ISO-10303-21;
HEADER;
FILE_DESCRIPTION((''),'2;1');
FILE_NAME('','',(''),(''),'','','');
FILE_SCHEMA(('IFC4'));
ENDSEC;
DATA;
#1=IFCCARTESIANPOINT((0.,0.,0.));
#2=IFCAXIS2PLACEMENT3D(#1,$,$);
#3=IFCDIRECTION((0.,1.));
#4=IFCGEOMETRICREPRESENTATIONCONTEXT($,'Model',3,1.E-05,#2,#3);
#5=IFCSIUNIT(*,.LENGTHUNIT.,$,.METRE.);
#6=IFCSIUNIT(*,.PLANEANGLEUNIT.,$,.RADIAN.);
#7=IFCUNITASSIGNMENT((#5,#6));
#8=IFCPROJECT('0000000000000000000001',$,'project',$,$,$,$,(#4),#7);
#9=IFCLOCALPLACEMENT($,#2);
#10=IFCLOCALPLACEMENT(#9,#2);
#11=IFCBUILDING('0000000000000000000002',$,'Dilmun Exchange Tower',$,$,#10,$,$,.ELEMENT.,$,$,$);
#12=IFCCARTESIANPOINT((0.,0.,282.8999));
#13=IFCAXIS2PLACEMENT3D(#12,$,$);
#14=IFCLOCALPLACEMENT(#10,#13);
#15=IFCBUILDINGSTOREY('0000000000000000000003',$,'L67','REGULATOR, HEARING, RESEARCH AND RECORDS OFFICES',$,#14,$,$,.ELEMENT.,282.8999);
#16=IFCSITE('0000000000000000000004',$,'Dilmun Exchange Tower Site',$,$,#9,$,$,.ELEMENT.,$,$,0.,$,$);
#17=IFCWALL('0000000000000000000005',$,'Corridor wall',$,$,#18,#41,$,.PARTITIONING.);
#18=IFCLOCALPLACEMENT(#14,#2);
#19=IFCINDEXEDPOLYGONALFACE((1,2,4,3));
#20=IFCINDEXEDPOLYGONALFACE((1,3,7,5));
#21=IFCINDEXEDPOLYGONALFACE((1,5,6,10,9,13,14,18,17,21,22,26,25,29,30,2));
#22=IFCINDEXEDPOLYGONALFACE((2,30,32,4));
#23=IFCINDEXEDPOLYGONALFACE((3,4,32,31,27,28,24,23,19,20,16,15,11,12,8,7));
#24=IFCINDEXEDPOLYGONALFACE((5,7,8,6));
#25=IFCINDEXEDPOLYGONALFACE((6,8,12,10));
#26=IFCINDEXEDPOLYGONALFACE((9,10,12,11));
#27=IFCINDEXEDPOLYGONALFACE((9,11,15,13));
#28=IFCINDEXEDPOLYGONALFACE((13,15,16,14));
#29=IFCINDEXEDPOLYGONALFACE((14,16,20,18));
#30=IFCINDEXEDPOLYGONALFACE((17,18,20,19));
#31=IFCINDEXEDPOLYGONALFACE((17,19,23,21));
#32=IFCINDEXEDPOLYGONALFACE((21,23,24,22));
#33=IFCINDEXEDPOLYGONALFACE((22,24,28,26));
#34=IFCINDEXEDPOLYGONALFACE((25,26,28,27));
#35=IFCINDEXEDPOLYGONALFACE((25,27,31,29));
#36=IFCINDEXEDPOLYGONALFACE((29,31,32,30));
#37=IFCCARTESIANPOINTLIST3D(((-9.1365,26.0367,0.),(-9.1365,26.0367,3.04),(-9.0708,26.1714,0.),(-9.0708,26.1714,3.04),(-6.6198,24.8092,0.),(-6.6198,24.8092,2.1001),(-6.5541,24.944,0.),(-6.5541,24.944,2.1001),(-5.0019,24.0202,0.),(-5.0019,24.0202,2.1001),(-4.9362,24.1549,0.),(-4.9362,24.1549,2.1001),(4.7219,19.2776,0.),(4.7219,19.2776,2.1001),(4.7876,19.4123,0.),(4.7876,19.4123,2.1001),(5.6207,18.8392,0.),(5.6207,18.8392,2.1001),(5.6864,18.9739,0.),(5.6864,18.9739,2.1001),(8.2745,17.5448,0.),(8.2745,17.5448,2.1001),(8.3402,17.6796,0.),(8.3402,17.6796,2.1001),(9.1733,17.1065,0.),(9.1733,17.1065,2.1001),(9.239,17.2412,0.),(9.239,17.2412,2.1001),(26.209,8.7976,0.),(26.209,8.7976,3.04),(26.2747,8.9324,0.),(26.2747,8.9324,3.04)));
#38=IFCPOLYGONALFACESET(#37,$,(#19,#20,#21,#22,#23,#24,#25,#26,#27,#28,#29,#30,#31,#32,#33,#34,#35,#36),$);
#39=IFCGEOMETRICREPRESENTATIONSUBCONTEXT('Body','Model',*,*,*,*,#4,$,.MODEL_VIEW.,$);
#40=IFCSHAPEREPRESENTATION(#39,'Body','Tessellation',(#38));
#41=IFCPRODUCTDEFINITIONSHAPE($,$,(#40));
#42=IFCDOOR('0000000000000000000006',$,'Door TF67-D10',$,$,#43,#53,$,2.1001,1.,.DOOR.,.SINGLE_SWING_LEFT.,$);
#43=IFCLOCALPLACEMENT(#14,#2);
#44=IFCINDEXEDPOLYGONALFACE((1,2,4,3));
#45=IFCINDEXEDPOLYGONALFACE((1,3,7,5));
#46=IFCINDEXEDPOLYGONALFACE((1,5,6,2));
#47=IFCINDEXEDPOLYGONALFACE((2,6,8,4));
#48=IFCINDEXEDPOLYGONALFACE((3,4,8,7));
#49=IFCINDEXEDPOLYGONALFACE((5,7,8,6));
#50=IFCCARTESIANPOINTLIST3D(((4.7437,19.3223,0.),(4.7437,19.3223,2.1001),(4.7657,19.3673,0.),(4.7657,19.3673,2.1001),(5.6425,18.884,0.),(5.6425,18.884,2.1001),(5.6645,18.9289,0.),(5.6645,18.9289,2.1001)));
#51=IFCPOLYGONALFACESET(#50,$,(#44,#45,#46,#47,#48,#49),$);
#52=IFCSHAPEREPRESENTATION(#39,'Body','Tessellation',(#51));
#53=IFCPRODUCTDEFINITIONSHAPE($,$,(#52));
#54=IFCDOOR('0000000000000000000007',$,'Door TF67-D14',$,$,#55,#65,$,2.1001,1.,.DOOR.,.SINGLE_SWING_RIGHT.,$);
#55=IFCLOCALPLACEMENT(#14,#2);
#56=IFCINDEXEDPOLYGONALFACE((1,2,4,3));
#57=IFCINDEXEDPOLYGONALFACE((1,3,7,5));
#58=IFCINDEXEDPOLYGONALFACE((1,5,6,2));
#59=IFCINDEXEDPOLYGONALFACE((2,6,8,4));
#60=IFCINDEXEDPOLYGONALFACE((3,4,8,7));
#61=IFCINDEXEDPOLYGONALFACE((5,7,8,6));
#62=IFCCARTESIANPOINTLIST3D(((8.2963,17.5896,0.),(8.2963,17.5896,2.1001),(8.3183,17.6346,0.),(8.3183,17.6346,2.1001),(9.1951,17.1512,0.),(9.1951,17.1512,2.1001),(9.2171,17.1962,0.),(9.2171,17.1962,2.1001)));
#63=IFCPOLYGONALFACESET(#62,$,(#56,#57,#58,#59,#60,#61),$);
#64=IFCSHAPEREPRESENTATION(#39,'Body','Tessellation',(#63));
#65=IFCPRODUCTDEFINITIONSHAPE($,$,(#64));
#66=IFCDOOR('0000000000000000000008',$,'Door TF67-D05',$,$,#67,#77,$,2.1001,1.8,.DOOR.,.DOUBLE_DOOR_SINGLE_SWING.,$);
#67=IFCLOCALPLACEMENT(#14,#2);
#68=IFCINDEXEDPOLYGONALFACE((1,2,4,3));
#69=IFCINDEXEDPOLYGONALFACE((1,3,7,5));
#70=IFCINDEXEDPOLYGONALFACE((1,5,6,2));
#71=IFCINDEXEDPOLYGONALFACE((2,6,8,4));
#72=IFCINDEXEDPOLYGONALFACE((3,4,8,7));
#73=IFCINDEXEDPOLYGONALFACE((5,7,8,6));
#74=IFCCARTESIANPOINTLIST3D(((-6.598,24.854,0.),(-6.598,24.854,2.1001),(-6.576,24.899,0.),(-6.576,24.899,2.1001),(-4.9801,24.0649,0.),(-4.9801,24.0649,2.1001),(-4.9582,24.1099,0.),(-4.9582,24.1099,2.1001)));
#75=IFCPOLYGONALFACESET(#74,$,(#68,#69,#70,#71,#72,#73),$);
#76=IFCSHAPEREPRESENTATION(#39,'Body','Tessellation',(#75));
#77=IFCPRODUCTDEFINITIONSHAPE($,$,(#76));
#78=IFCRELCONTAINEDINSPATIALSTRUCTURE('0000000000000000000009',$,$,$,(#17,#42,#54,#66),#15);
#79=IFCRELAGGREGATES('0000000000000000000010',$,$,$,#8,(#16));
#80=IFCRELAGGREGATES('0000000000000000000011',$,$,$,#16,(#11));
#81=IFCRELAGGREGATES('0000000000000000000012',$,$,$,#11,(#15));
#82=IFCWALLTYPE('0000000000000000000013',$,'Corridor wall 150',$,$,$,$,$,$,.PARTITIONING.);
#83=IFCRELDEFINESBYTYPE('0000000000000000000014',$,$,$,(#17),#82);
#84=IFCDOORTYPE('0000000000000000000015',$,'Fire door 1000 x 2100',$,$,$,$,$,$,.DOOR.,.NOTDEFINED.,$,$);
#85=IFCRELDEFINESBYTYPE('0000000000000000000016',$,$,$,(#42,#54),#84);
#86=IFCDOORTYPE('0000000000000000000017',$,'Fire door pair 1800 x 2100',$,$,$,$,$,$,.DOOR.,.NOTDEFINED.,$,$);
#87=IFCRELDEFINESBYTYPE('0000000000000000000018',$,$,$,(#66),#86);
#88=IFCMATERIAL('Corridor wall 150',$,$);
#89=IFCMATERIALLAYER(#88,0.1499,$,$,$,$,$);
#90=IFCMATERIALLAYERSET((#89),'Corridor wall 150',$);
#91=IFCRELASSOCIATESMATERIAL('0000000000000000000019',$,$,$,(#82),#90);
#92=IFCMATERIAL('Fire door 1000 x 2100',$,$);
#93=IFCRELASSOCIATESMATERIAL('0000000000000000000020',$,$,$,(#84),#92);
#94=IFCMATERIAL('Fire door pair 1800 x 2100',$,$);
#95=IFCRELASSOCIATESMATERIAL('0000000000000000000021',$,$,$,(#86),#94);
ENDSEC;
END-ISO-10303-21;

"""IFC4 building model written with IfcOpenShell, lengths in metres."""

from ifc_helpers import new_model, si_unit, direction, frame, frame_2d, origin, place, context, subcontext, project, spatial, rectangle, extrude, material, layer, layer_set, type_object, element, fill, save


model = new_model("IFC4")

# Units and contexts
model_context = context("Model", 3, precision=1e-05, world=origin(), true_north=direction((0.0, 1.0)))
body_context = subcontext(model_context, "Body", "Model", "MODEL_VIEW")
ifc_project = project(units=[si_unit("LENGTHUNIT", "METRE"), si_unit("PLANEANGLEUNIT", "RADIAN")], contexts=[model_context])

# Site, building, storey
site_placement = place(None, origin())
site = spatial("IfcSite", under=ifc_project, at=site_placement, Name="Dilmun Exchange Tower Site", CompositionType="ELEMENT", RefElevation=0.0)
building_placement = place(site_placement, origin())
building = spatial("IfcBuilding", under=site, at=building_placement, Name="Dilmun Exchange Tower", CompositionType="ELEMENT")
storey_placement = place(building_placement, frame((0.0, 0.0, 282.8999)))
storey = spatial("IfcBuildingStorey", under=building, at=storey_placement, Name="L67", Description="REGULATOR, HEARING, RESEARCH AND RECORDS OFFICES", CompositionType="ELEMENT", Elevation=282.8999)

# Wall, openings, doors
ifc_material_1 = material(Name="Corridor wall 150")
ifc_layer_1 = layer(ifc_material_1, 0.1499)
ifc_layer_set_1 = layer_set([ifc_layer_1], Name="Corridor wall 150")
wall_type = type_object("IfcWallType", Name="Corridor wall 150", PredefinedType="PARTITIONING", material=ifc_layer_set_1)
wall_placement = place(storey_placement, frame((-9.1035, 26.104, 0.0), z_axis=(0.0, 0.0, 1.0), x_axis=(0.898795, -0.438369, 0.0)))
wall = element("IfcWall", 1, at=wall_placement, inside=storey, type_object=wall_type, Name="Corridor wall", PredefinedType="PARTITIONING", context=body_context, shape_type="SweptSolid", body=[
    extrude(rectangle(XDim=39.3254, YDim=0.1499, at=frame_2d((19.6626, 0.0))), origin(), (0.0, 0.0, 1.0), 3.04),
])
opening_1_placement = place(wall_placement, frame((2.8, 0.0, 0.0)))
opening_1 = element("IfcOpeningElement", 2, at=opening_1_placement, cuts=wall, PredefinedType="OPENING", context=body_context, shape_type="SweptSolid", body=[
    extrude(rectangle(XDim=1.8, YDim=2.1001, at=frame_2d((0.8999, 1.05))), frame((0.0, 0.085, 0.0), z_axis=(0.0, -1.0, 0.0), x_axis=(1.0, 0.0, 0.0)), (0.0, 0.0, 1.0), 0.1699),
])
opening_2_placement = place(wall_placement, frame((15.4187, 0.0, 0.0)))
opening_2 = element("IfcOpeningElement", 3, at=opening_2_placement, cuts=wall, PredefinedType="OPENING", context=body_context, shape_type="SweptSolid", body=[
    extrude(rectangle(XDim=1.0, YDim=2.1001, at=frame_2d((0.5, 1.05))), frame((0.0, 0.085, 0.0), z_axis=(0.0, -1.0, 0.0), x_axis=(1.0, 0.0, 0.0)), (0.0, 0.0, 1.0), 0.1699),
])
opening_3_placement = place(wall_placement, frame((19.3713, 0.0, 0.0)))
opening_3 = element("IfcOpeningElement", 4, at=opening_3_placement, cuts=wall, PredefinedType="OPENING", context=body_context, shape_type="SweptSolid", body=[
    extrude(rectangle(XDim=1.0, YDim=2.1001, at=frame_2d((0.5, 1.05))), frame((0.0, 0.085, 0.0), z_axis=(0.0, -1.0, 0.0), x_axis=(1.0, 0.0, 0.0)), (0.0, 0.0, 1.0), 0.1699),
])
ifc_material_2 = material(Name="Fire door 1000 x 2100")
door_type_1 = type_object("IfcDoorType", Name="Fire door 1000 x 2100", OperationType="NOTDEFINED", PredefinedType="DOOR", material=ifc_material_2)
door_1_placement = place(opening_2_placement, origin())
door_1 = element("IfcDoor", 5, at=door_1_placement, inside=storey, type_object=door_type_1, Name="Door TF67-D10", OperationType="SINGLE_SWING_LEFT", OverallHeight=2.1001, OverallWidth=1.0, PredefinedType="DOOR", context=body_context, shape_type="SweptSolid", body=[
    extrude(rectangle(XDim=1.0, YDim=2.1001, at=frame_2d((0.5, 1.05))), frame((0.0, 0.0249, 0.0), z_axis=(0.0, -1.0, 0.0), x_axis=(1.0, 0.0, 0.0)), (0.0, 0.0, 1.0), 0.05),
])
fill(opening_2, door_1)
door_2_placement = place(opening_3_placement, origin())
door_2 = element("IfcDoor", 6, at=door_2_placement, inside=storey, type_object=door_type_1, Name="Door TF67-D14", OperationType="SINGLE_SWING_RIGHT", OverallHeight=2.1001, OverallWidth=1.0, PredefinedType="DOOR", context=body_context, shape_type="SweptSolid", body=[
    extrude(rectangle(XDim=1.0, YDim=2.1001, at=frame_2d((0.5, 1.05))), frame((0.0, 0.0249, 0.0), z_axis=(0.0, -1.0, 0.0), x_axis=(1.0, 0.0, 0.0)), (0.0, 0.0, 1.0), 0.05),
])
fill(opening_3, door_2)
ifc_material_3 = material(Name="Fire door pair 1800 x 2100")
door_type_2 = type_object("IfcDoorType", Name="Fire door pair 1800 x 2100", OperationType="NOTDEFINED", PredefinedType="DOOR", material=ifc_material_3)
door_3_placement = place(opening_1_placement, origin())
door_3 = element("IfcDoor", 7, at=door_3_placement, inside=storey, type_object=door_type_2, Name="Door TF67-D05", OperationType="DOUBLE_DOOR_SINGLE_SWING", OverallHeight=2.1001, OverallWidth=1.8, PredefinedType="DOOR", context=body_context, shape_type="SweptSolid", body=[
    extrude(rectangle(XDim=1.8, YDim=2.1001, at=frame_2d((0.8999, 1.05))), frame((0.0, 0.0249, 0.0), z_axis=(0.0, -1.0, 0.0), x_axis=(1.0, 0.0, 0.0)), (0.0, 0.0, 1.0), 0.05),
])
fill(opening_1, door_3)

save(model, "model.ifc")
